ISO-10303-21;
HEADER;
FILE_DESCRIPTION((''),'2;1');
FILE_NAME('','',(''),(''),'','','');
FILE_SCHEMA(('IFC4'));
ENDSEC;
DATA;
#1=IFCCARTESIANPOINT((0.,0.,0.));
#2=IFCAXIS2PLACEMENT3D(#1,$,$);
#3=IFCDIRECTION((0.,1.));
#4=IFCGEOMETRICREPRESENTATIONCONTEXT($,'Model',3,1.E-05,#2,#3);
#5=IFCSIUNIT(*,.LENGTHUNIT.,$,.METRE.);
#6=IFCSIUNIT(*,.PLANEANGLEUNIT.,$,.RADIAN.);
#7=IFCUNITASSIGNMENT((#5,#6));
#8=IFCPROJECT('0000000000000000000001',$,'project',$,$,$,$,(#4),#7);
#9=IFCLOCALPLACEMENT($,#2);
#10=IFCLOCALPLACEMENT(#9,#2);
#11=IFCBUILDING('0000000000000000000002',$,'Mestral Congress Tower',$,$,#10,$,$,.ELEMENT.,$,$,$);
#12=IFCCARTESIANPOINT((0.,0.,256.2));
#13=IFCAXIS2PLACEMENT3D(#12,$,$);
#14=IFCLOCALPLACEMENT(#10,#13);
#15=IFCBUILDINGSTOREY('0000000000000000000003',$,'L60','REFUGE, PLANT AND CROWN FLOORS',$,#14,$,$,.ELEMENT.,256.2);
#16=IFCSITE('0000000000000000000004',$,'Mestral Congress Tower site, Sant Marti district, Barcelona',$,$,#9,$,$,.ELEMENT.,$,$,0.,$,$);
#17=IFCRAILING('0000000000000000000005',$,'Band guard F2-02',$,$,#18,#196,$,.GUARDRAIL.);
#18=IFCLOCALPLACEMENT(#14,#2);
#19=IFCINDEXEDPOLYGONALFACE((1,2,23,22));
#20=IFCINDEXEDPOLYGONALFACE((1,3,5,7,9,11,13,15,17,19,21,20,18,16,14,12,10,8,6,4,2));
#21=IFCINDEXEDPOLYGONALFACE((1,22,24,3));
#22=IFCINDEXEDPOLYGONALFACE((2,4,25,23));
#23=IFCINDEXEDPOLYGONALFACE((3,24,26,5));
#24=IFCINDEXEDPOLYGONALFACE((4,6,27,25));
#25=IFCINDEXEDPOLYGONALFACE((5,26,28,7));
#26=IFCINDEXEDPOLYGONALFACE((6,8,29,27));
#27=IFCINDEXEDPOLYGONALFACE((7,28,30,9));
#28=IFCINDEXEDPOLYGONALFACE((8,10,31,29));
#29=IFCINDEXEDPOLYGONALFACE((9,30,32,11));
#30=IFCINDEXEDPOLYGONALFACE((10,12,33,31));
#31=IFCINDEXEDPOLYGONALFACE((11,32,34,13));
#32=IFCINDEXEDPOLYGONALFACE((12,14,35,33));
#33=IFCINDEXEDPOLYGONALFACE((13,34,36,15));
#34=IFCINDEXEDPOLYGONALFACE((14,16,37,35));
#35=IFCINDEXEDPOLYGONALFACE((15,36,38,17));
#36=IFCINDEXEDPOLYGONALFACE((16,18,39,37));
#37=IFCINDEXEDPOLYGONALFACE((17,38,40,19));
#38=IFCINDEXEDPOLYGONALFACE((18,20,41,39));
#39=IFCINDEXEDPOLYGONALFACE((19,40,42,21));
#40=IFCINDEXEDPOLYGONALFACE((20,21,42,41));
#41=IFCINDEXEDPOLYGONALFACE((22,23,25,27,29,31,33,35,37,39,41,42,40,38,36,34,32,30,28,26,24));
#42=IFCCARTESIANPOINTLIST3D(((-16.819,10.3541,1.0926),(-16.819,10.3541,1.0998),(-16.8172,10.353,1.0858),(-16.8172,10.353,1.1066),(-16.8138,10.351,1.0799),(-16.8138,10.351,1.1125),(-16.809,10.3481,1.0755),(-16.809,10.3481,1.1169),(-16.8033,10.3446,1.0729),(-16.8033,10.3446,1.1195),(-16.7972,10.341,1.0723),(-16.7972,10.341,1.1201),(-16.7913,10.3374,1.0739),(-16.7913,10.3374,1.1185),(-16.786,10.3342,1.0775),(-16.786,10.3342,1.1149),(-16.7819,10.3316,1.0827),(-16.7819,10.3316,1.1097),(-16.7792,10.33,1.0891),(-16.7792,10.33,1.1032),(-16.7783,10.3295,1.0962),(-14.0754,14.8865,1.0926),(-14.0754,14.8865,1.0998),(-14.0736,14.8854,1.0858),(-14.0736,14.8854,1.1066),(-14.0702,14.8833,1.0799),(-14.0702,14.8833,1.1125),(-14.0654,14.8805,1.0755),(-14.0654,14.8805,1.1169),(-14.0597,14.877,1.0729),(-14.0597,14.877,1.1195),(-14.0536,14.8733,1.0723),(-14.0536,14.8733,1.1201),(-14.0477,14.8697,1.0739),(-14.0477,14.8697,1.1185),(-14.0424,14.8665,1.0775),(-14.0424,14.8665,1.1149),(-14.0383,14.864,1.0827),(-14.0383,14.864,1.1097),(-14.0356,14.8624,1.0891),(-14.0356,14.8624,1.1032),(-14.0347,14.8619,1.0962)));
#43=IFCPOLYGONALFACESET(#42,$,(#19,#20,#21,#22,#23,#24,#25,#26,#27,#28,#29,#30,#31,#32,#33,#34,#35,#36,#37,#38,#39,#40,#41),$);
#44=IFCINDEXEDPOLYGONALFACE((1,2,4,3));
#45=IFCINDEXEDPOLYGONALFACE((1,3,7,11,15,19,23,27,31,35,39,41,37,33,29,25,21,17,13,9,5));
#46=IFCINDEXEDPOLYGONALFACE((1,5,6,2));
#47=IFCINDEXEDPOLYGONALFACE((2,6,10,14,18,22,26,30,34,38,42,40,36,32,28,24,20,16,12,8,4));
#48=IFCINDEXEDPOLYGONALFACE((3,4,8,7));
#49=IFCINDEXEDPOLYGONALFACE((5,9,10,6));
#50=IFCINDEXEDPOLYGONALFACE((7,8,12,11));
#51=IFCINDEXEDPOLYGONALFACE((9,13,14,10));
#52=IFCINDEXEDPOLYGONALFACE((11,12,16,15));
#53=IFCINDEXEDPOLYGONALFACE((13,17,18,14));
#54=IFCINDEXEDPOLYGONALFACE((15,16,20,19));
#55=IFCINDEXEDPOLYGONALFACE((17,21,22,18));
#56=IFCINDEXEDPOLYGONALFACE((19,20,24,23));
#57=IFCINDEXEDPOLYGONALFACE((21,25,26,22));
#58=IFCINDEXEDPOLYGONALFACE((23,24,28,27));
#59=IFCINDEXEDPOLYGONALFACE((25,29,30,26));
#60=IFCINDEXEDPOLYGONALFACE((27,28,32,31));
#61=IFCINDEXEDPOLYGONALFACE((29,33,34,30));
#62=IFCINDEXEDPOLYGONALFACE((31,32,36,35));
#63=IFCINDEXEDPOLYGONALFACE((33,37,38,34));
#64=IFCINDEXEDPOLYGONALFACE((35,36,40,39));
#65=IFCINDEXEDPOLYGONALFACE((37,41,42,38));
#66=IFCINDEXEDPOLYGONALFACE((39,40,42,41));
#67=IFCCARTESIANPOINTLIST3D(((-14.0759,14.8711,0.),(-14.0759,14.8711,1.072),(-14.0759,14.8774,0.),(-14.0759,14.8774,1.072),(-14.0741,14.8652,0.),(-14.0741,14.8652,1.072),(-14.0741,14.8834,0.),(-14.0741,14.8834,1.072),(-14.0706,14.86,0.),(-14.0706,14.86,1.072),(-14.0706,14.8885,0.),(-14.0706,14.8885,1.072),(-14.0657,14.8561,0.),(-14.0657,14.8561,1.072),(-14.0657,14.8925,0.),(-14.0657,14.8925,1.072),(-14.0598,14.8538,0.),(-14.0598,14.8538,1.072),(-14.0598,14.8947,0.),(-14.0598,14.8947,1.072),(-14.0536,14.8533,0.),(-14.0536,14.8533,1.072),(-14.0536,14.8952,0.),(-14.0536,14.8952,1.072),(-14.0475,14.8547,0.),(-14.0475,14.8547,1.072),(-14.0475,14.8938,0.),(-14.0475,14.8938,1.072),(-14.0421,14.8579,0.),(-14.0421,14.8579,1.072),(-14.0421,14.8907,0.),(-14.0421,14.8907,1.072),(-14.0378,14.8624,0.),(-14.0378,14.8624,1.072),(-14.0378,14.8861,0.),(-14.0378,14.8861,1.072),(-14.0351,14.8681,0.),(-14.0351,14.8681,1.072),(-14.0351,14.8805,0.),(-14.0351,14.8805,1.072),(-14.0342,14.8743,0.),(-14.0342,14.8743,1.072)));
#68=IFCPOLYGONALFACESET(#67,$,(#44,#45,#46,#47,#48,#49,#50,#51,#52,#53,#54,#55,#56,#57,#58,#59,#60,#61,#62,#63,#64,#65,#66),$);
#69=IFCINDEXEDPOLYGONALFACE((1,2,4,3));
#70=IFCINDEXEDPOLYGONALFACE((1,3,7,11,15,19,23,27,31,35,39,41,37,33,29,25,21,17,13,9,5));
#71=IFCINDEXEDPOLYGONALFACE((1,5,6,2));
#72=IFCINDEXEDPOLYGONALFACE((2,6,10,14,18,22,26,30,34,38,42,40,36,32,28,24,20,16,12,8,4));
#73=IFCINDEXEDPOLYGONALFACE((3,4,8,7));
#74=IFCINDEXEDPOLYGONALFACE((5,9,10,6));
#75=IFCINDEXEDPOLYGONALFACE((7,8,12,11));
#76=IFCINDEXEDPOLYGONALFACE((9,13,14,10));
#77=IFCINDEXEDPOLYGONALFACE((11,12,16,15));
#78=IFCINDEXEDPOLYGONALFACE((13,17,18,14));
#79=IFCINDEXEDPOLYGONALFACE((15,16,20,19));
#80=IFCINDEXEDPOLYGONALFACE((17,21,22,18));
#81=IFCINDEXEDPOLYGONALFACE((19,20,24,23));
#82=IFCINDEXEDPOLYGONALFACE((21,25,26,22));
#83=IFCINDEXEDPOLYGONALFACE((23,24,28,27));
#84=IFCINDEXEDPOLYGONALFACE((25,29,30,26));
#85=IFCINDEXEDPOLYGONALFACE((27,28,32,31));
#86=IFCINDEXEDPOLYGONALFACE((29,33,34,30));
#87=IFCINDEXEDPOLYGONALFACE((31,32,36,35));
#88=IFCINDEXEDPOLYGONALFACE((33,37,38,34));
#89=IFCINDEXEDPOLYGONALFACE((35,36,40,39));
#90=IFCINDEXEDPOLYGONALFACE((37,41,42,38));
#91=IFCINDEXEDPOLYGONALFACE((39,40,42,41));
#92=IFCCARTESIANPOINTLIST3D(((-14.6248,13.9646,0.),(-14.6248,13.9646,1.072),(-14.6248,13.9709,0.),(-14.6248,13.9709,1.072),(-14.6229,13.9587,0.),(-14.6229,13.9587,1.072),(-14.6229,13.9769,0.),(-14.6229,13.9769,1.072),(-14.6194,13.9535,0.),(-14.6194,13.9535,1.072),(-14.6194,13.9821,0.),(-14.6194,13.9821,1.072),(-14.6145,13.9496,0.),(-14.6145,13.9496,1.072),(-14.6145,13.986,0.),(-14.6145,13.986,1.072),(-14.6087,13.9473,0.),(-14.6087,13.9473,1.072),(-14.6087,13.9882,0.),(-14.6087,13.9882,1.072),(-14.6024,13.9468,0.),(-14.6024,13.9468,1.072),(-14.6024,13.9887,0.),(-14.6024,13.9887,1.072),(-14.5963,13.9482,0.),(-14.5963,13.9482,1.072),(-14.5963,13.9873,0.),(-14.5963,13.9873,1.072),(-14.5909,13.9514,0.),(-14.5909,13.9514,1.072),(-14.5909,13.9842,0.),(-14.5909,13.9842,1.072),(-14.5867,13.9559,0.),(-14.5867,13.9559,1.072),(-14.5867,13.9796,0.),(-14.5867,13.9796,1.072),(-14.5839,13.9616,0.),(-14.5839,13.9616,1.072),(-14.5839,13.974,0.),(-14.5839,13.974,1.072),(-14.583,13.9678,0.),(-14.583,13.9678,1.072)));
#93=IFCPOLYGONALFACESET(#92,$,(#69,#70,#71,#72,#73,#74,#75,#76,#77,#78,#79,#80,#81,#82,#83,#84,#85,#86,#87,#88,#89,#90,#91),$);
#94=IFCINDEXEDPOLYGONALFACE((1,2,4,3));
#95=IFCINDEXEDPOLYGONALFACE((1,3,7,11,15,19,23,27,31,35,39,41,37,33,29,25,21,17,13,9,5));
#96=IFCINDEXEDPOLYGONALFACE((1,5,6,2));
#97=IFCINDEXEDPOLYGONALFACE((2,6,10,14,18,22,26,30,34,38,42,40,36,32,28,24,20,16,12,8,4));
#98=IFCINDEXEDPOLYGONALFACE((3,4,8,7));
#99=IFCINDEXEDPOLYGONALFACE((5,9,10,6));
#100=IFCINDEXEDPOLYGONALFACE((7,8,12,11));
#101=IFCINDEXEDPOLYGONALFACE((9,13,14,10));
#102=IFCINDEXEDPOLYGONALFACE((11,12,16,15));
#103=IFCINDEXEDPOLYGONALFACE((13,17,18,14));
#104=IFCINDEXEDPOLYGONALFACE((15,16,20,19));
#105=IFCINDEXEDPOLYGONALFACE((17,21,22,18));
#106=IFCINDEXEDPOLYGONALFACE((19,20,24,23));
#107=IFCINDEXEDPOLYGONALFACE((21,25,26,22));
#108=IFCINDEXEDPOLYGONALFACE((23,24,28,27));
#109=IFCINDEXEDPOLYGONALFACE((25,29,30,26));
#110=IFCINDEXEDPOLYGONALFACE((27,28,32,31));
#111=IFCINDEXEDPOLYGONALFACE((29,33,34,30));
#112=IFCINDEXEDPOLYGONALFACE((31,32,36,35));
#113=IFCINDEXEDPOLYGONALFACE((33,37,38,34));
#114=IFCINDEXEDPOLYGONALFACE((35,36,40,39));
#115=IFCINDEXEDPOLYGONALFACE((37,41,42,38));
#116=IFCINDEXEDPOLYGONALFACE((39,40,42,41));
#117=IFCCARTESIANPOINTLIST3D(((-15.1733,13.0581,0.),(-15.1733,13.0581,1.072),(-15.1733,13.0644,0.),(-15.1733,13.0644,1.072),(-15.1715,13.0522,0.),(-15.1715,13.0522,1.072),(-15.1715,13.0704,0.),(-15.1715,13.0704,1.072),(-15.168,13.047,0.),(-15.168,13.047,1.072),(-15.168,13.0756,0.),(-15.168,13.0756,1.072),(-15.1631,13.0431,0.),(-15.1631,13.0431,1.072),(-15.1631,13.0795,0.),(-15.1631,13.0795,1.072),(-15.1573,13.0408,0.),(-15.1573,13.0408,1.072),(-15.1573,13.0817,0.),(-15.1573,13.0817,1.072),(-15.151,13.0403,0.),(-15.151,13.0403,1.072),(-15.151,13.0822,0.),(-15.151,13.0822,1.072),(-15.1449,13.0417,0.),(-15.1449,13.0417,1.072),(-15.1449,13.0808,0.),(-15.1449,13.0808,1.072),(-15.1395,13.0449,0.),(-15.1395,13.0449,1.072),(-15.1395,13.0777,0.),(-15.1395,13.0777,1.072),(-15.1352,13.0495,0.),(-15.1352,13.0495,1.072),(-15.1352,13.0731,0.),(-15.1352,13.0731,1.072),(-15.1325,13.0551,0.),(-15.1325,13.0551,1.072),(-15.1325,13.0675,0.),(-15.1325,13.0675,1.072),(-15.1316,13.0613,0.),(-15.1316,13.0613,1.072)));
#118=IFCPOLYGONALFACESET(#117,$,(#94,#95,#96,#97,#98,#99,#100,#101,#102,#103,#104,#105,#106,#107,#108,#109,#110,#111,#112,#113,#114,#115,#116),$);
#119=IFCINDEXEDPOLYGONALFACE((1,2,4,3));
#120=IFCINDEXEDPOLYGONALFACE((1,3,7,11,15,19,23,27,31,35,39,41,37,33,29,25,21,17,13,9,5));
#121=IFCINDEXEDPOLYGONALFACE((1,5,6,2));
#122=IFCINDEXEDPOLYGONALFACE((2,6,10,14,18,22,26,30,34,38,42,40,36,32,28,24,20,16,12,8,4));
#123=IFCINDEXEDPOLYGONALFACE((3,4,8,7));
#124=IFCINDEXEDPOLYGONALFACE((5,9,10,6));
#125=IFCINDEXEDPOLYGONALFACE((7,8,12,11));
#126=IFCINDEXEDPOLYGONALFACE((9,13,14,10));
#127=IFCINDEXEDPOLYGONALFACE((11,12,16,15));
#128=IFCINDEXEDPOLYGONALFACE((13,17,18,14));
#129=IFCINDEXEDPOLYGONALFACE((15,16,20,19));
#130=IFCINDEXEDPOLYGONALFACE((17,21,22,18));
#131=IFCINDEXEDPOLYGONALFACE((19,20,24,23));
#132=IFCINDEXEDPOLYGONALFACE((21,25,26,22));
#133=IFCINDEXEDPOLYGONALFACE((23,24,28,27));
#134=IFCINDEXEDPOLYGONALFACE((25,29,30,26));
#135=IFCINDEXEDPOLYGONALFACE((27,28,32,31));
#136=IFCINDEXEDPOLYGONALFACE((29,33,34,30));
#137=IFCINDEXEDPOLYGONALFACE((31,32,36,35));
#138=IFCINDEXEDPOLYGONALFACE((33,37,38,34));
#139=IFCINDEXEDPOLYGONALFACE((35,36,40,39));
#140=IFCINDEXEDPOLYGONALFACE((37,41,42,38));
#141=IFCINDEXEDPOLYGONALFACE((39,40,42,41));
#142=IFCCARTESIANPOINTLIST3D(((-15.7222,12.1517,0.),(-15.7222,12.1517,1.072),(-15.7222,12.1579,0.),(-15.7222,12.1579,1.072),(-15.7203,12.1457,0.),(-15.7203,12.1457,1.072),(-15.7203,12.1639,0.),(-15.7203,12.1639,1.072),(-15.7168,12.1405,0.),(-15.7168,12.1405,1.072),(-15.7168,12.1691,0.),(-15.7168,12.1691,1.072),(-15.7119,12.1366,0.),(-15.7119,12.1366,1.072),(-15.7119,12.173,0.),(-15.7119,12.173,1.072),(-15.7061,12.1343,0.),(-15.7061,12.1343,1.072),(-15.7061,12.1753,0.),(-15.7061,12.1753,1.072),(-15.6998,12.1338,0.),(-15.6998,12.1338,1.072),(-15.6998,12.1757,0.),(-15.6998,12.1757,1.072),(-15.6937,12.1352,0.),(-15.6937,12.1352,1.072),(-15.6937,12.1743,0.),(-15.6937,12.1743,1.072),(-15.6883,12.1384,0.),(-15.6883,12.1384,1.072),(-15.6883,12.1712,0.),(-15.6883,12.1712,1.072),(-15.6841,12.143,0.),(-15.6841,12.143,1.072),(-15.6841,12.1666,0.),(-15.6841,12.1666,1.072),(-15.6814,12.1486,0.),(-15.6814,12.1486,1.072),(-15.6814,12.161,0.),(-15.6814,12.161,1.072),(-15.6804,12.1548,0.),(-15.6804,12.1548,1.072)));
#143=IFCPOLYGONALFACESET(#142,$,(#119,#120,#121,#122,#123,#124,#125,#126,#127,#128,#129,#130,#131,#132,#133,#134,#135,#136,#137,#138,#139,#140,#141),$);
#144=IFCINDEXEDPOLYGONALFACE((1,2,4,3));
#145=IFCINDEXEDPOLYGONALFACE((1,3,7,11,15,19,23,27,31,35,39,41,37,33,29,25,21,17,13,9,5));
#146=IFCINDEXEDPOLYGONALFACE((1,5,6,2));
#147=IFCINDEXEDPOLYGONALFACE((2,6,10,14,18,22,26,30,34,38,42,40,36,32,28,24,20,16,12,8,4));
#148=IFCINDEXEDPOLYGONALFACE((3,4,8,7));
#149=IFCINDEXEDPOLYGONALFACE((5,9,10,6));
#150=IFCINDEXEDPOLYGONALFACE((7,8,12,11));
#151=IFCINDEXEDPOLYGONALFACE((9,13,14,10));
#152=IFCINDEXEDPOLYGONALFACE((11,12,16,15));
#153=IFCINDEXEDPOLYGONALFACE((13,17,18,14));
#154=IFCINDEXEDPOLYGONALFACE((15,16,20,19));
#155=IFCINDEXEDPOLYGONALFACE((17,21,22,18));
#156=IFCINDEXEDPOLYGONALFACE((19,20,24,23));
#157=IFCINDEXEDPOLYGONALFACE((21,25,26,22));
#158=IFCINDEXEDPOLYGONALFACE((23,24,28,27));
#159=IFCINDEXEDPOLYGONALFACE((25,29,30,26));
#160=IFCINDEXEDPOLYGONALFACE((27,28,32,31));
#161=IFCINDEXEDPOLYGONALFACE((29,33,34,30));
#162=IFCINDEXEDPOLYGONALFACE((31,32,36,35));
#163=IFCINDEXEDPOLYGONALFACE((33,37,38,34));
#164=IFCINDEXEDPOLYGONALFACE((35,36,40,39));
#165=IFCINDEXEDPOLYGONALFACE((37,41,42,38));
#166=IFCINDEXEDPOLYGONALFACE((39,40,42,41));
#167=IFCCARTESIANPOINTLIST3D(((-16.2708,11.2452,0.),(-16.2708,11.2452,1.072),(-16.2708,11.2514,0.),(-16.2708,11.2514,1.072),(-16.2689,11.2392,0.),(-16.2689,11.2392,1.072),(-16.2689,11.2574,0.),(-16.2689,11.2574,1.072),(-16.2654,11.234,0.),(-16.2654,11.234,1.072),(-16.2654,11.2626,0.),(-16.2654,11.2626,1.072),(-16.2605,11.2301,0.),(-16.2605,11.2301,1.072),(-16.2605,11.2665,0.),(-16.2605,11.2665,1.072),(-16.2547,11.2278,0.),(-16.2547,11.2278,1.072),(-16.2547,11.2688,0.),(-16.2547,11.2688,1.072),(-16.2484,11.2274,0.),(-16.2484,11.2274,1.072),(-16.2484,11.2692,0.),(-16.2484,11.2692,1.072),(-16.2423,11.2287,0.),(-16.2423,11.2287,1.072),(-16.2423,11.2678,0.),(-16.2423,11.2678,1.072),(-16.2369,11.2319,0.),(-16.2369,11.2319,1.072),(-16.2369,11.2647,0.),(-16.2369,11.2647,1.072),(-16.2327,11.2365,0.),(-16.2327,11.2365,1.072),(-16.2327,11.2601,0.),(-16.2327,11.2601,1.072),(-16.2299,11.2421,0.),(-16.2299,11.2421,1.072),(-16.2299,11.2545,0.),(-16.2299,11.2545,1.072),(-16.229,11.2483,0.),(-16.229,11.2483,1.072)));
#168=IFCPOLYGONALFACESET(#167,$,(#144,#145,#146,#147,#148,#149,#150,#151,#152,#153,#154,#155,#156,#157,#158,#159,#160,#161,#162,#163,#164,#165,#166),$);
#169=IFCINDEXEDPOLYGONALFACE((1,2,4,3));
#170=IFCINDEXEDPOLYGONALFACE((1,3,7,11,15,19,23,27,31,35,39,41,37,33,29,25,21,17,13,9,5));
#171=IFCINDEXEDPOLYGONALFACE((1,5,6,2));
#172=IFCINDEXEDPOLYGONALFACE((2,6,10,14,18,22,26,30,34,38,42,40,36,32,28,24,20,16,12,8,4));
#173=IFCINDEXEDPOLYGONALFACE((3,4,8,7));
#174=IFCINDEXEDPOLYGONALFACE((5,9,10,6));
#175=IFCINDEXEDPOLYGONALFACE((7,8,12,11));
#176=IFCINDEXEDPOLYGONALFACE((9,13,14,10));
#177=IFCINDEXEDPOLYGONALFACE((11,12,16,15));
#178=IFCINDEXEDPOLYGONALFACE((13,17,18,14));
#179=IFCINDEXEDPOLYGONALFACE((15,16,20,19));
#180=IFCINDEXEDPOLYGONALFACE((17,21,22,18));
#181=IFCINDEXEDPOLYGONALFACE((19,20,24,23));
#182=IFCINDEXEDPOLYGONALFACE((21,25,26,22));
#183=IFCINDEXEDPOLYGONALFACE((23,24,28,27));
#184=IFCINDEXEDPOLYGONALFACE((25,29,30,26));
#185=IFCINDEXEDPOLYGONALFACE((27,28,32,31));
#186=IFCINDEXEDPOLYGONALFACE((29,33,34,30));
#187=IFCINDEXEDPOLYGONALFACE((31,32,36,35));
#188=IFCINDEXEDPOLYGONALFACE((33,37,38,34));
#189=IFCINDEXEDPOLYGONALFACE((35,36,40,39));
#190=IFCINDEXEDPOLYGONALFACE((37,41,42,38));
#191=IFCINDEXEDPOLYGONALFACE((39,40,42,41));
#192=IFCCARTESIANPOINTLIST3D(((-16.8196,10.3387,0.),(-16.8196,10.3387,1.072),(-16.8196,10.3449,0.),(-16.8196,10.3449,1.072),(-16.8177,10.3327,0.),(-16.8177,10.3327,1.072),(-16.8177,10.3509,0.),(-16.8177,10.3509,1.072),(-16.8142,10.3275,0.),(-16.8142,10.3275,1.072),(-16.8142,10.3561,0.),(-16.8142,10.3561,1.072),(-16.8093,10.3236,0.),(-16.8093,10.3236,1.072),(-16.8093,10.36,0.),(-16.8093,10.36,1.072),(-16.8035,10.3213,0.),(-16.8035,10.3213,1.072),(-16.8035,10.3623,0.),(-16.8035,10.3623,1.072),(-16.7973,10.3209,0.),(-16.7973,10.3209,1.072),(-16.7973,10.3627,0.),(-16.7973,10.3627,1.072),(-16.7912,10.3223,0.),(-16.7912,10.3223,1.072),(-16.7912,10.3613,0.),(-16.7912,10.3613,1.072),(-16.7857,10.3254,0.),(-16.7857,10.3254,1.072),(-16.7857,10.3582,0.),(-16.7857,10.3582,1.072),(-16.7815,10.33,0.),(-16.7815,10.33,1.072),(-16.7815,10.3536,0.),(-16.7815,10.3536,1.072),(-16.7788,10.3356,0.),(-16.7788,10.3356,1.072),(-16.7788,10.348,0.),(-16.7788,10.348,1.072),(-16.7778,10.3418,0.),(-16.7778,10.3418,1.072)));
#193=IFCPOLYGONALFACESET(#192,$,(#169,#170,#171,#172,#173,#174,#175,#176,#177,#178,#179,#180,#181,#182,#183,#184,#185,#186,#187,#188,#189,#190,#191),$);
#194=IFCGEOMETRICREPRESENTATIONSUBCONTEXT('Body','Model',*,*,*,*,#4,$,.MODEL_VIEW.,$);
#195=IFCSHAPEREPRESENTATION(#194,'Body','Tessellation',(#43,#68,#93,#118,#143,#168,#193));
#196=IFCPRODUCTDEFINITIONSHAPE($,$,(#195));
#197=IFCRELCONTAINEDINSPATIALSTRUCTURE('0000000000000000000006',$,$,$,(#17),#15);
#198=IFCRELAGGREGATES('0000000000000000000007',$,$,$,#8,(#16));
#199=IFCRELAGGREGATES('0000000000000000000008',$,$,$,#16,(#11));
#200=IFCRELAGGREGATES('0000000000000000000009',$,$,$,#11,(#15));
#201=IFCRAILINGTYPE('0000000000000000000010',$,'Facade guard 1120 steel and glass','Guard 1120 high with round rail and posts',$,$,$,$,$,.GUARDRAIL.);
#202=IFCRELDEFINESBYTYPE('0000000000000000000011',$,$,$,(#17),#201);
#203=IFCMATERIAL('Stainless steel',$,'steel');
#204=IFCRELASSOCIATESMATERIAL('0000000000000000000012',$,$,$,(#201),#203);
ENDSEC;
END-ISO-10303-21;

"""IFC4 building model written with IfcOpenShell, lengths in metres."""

from ifc_helpers import new_model, si_unit, direction, frame, origin, origin_2d, place, context, subcontext, project, spatial, circle, extrude, material, type_object, element, save


model = new_model("IFC4")

# Units and contexts
model_context = context("Model", 3, precision=1e-05, world=origin(), true_north=direction((0.0, 1.0)))
body_context = subcontext(model_context, "Body", "Model", "MODEL_VIEW")
ifc_project = project(units=[si_unit("LENGTHUNIT", "METRE"), si_unit("PLANEANGLEUNIT", "RADIAN")], contexts=[model_context])

# Site, building, storey
site_placement = place(None, origin())
site = spatial("IfcSite", under=ifc_project, at=site_placement, Name="Mestral Congress Tower site, Sant Marti district, Barcelona", CompositionType="ELEMENT", RefElevation=0.0)
building_placement = place(site_placement, origin())
building = spatial("IfcBuilding", under=site, at=building_placement, Name="Mestral Congress Tower", CompositionType="ELEMENT")
storey_placement = place(building_placement, frame((0.0, 0.0, 256.2)))
storey = spatial("IfcBuildingStorey", under=building, at=storey_placement, Name="L60", Description="REFUGE, PLANT AND CROWN FLOORS", CompositionType="ELEMENT", Elevation=256.2)

# Railing
ifc_material_1 = material(Name="Stainless steel", Category="steel")
railing_type = type_object("IfcRailingType", Name="Facade guard 1120 steel and glass", Description="Guard 1120 high with round rail and posts", PredefinedType="GUARDRAIL", material=ifc_material_1)
railing_1_placement = place(storey_placement, frame((-14.0552, 14.8743, 0.0)))
element("IfcRailing", 1, at=railing_1_placement, inside=storey, type_object=railing_type, Name="Band guard F2-02", PredefinedType="GUARDRAIL", context=body_context, shape_type="SweptSolid", body=[
    extrude(circle(Radius=0.0239, at=origin_2d()), frame((0.0, 0.0, 1.0962), z_axis=(-0.517846, -0.855474, 0.0), x_axis=(0.855474, -0.517846, 0.0)), (0.0, 0.0, 1.0), 5.2981),
    extrude(circle(Radius=0.021, at=origin_2d()), origin(), (0.0, 0.0, 1.0), 1.072),
    extrude(circle(Radius=0.021, at=origin_2d()), frame((-0.5488, -0.9065, 0.0)), (0.0, 0.0, 1.0), 1.072),
    extrude(circle(Radius=0.021, at=origin_2d()), frame((-1.0974, -1.813, 0.0)), (0.0, 0.0, 1.0), 1.072),
    extrude(circle(Radius=0.021, at=origin_2d()), frame((-1.6462, -2.7195, 0.0)), (0.0, 0.0, 1.0), 1.072),
    extrude(circle(Radius=0.021, at=origin_2d()), frame((-2.1948, -3.626, 0.0)), (0.0, 0.0, 1.0), 1.072),
    extrude(circle(Radius=0.021, at=origin_2d()), frame((-2.7437, -4.5325, 0.0)), (0.0, 0.0, 1.0), 1.072),
])

save(model, "model.ifc")
